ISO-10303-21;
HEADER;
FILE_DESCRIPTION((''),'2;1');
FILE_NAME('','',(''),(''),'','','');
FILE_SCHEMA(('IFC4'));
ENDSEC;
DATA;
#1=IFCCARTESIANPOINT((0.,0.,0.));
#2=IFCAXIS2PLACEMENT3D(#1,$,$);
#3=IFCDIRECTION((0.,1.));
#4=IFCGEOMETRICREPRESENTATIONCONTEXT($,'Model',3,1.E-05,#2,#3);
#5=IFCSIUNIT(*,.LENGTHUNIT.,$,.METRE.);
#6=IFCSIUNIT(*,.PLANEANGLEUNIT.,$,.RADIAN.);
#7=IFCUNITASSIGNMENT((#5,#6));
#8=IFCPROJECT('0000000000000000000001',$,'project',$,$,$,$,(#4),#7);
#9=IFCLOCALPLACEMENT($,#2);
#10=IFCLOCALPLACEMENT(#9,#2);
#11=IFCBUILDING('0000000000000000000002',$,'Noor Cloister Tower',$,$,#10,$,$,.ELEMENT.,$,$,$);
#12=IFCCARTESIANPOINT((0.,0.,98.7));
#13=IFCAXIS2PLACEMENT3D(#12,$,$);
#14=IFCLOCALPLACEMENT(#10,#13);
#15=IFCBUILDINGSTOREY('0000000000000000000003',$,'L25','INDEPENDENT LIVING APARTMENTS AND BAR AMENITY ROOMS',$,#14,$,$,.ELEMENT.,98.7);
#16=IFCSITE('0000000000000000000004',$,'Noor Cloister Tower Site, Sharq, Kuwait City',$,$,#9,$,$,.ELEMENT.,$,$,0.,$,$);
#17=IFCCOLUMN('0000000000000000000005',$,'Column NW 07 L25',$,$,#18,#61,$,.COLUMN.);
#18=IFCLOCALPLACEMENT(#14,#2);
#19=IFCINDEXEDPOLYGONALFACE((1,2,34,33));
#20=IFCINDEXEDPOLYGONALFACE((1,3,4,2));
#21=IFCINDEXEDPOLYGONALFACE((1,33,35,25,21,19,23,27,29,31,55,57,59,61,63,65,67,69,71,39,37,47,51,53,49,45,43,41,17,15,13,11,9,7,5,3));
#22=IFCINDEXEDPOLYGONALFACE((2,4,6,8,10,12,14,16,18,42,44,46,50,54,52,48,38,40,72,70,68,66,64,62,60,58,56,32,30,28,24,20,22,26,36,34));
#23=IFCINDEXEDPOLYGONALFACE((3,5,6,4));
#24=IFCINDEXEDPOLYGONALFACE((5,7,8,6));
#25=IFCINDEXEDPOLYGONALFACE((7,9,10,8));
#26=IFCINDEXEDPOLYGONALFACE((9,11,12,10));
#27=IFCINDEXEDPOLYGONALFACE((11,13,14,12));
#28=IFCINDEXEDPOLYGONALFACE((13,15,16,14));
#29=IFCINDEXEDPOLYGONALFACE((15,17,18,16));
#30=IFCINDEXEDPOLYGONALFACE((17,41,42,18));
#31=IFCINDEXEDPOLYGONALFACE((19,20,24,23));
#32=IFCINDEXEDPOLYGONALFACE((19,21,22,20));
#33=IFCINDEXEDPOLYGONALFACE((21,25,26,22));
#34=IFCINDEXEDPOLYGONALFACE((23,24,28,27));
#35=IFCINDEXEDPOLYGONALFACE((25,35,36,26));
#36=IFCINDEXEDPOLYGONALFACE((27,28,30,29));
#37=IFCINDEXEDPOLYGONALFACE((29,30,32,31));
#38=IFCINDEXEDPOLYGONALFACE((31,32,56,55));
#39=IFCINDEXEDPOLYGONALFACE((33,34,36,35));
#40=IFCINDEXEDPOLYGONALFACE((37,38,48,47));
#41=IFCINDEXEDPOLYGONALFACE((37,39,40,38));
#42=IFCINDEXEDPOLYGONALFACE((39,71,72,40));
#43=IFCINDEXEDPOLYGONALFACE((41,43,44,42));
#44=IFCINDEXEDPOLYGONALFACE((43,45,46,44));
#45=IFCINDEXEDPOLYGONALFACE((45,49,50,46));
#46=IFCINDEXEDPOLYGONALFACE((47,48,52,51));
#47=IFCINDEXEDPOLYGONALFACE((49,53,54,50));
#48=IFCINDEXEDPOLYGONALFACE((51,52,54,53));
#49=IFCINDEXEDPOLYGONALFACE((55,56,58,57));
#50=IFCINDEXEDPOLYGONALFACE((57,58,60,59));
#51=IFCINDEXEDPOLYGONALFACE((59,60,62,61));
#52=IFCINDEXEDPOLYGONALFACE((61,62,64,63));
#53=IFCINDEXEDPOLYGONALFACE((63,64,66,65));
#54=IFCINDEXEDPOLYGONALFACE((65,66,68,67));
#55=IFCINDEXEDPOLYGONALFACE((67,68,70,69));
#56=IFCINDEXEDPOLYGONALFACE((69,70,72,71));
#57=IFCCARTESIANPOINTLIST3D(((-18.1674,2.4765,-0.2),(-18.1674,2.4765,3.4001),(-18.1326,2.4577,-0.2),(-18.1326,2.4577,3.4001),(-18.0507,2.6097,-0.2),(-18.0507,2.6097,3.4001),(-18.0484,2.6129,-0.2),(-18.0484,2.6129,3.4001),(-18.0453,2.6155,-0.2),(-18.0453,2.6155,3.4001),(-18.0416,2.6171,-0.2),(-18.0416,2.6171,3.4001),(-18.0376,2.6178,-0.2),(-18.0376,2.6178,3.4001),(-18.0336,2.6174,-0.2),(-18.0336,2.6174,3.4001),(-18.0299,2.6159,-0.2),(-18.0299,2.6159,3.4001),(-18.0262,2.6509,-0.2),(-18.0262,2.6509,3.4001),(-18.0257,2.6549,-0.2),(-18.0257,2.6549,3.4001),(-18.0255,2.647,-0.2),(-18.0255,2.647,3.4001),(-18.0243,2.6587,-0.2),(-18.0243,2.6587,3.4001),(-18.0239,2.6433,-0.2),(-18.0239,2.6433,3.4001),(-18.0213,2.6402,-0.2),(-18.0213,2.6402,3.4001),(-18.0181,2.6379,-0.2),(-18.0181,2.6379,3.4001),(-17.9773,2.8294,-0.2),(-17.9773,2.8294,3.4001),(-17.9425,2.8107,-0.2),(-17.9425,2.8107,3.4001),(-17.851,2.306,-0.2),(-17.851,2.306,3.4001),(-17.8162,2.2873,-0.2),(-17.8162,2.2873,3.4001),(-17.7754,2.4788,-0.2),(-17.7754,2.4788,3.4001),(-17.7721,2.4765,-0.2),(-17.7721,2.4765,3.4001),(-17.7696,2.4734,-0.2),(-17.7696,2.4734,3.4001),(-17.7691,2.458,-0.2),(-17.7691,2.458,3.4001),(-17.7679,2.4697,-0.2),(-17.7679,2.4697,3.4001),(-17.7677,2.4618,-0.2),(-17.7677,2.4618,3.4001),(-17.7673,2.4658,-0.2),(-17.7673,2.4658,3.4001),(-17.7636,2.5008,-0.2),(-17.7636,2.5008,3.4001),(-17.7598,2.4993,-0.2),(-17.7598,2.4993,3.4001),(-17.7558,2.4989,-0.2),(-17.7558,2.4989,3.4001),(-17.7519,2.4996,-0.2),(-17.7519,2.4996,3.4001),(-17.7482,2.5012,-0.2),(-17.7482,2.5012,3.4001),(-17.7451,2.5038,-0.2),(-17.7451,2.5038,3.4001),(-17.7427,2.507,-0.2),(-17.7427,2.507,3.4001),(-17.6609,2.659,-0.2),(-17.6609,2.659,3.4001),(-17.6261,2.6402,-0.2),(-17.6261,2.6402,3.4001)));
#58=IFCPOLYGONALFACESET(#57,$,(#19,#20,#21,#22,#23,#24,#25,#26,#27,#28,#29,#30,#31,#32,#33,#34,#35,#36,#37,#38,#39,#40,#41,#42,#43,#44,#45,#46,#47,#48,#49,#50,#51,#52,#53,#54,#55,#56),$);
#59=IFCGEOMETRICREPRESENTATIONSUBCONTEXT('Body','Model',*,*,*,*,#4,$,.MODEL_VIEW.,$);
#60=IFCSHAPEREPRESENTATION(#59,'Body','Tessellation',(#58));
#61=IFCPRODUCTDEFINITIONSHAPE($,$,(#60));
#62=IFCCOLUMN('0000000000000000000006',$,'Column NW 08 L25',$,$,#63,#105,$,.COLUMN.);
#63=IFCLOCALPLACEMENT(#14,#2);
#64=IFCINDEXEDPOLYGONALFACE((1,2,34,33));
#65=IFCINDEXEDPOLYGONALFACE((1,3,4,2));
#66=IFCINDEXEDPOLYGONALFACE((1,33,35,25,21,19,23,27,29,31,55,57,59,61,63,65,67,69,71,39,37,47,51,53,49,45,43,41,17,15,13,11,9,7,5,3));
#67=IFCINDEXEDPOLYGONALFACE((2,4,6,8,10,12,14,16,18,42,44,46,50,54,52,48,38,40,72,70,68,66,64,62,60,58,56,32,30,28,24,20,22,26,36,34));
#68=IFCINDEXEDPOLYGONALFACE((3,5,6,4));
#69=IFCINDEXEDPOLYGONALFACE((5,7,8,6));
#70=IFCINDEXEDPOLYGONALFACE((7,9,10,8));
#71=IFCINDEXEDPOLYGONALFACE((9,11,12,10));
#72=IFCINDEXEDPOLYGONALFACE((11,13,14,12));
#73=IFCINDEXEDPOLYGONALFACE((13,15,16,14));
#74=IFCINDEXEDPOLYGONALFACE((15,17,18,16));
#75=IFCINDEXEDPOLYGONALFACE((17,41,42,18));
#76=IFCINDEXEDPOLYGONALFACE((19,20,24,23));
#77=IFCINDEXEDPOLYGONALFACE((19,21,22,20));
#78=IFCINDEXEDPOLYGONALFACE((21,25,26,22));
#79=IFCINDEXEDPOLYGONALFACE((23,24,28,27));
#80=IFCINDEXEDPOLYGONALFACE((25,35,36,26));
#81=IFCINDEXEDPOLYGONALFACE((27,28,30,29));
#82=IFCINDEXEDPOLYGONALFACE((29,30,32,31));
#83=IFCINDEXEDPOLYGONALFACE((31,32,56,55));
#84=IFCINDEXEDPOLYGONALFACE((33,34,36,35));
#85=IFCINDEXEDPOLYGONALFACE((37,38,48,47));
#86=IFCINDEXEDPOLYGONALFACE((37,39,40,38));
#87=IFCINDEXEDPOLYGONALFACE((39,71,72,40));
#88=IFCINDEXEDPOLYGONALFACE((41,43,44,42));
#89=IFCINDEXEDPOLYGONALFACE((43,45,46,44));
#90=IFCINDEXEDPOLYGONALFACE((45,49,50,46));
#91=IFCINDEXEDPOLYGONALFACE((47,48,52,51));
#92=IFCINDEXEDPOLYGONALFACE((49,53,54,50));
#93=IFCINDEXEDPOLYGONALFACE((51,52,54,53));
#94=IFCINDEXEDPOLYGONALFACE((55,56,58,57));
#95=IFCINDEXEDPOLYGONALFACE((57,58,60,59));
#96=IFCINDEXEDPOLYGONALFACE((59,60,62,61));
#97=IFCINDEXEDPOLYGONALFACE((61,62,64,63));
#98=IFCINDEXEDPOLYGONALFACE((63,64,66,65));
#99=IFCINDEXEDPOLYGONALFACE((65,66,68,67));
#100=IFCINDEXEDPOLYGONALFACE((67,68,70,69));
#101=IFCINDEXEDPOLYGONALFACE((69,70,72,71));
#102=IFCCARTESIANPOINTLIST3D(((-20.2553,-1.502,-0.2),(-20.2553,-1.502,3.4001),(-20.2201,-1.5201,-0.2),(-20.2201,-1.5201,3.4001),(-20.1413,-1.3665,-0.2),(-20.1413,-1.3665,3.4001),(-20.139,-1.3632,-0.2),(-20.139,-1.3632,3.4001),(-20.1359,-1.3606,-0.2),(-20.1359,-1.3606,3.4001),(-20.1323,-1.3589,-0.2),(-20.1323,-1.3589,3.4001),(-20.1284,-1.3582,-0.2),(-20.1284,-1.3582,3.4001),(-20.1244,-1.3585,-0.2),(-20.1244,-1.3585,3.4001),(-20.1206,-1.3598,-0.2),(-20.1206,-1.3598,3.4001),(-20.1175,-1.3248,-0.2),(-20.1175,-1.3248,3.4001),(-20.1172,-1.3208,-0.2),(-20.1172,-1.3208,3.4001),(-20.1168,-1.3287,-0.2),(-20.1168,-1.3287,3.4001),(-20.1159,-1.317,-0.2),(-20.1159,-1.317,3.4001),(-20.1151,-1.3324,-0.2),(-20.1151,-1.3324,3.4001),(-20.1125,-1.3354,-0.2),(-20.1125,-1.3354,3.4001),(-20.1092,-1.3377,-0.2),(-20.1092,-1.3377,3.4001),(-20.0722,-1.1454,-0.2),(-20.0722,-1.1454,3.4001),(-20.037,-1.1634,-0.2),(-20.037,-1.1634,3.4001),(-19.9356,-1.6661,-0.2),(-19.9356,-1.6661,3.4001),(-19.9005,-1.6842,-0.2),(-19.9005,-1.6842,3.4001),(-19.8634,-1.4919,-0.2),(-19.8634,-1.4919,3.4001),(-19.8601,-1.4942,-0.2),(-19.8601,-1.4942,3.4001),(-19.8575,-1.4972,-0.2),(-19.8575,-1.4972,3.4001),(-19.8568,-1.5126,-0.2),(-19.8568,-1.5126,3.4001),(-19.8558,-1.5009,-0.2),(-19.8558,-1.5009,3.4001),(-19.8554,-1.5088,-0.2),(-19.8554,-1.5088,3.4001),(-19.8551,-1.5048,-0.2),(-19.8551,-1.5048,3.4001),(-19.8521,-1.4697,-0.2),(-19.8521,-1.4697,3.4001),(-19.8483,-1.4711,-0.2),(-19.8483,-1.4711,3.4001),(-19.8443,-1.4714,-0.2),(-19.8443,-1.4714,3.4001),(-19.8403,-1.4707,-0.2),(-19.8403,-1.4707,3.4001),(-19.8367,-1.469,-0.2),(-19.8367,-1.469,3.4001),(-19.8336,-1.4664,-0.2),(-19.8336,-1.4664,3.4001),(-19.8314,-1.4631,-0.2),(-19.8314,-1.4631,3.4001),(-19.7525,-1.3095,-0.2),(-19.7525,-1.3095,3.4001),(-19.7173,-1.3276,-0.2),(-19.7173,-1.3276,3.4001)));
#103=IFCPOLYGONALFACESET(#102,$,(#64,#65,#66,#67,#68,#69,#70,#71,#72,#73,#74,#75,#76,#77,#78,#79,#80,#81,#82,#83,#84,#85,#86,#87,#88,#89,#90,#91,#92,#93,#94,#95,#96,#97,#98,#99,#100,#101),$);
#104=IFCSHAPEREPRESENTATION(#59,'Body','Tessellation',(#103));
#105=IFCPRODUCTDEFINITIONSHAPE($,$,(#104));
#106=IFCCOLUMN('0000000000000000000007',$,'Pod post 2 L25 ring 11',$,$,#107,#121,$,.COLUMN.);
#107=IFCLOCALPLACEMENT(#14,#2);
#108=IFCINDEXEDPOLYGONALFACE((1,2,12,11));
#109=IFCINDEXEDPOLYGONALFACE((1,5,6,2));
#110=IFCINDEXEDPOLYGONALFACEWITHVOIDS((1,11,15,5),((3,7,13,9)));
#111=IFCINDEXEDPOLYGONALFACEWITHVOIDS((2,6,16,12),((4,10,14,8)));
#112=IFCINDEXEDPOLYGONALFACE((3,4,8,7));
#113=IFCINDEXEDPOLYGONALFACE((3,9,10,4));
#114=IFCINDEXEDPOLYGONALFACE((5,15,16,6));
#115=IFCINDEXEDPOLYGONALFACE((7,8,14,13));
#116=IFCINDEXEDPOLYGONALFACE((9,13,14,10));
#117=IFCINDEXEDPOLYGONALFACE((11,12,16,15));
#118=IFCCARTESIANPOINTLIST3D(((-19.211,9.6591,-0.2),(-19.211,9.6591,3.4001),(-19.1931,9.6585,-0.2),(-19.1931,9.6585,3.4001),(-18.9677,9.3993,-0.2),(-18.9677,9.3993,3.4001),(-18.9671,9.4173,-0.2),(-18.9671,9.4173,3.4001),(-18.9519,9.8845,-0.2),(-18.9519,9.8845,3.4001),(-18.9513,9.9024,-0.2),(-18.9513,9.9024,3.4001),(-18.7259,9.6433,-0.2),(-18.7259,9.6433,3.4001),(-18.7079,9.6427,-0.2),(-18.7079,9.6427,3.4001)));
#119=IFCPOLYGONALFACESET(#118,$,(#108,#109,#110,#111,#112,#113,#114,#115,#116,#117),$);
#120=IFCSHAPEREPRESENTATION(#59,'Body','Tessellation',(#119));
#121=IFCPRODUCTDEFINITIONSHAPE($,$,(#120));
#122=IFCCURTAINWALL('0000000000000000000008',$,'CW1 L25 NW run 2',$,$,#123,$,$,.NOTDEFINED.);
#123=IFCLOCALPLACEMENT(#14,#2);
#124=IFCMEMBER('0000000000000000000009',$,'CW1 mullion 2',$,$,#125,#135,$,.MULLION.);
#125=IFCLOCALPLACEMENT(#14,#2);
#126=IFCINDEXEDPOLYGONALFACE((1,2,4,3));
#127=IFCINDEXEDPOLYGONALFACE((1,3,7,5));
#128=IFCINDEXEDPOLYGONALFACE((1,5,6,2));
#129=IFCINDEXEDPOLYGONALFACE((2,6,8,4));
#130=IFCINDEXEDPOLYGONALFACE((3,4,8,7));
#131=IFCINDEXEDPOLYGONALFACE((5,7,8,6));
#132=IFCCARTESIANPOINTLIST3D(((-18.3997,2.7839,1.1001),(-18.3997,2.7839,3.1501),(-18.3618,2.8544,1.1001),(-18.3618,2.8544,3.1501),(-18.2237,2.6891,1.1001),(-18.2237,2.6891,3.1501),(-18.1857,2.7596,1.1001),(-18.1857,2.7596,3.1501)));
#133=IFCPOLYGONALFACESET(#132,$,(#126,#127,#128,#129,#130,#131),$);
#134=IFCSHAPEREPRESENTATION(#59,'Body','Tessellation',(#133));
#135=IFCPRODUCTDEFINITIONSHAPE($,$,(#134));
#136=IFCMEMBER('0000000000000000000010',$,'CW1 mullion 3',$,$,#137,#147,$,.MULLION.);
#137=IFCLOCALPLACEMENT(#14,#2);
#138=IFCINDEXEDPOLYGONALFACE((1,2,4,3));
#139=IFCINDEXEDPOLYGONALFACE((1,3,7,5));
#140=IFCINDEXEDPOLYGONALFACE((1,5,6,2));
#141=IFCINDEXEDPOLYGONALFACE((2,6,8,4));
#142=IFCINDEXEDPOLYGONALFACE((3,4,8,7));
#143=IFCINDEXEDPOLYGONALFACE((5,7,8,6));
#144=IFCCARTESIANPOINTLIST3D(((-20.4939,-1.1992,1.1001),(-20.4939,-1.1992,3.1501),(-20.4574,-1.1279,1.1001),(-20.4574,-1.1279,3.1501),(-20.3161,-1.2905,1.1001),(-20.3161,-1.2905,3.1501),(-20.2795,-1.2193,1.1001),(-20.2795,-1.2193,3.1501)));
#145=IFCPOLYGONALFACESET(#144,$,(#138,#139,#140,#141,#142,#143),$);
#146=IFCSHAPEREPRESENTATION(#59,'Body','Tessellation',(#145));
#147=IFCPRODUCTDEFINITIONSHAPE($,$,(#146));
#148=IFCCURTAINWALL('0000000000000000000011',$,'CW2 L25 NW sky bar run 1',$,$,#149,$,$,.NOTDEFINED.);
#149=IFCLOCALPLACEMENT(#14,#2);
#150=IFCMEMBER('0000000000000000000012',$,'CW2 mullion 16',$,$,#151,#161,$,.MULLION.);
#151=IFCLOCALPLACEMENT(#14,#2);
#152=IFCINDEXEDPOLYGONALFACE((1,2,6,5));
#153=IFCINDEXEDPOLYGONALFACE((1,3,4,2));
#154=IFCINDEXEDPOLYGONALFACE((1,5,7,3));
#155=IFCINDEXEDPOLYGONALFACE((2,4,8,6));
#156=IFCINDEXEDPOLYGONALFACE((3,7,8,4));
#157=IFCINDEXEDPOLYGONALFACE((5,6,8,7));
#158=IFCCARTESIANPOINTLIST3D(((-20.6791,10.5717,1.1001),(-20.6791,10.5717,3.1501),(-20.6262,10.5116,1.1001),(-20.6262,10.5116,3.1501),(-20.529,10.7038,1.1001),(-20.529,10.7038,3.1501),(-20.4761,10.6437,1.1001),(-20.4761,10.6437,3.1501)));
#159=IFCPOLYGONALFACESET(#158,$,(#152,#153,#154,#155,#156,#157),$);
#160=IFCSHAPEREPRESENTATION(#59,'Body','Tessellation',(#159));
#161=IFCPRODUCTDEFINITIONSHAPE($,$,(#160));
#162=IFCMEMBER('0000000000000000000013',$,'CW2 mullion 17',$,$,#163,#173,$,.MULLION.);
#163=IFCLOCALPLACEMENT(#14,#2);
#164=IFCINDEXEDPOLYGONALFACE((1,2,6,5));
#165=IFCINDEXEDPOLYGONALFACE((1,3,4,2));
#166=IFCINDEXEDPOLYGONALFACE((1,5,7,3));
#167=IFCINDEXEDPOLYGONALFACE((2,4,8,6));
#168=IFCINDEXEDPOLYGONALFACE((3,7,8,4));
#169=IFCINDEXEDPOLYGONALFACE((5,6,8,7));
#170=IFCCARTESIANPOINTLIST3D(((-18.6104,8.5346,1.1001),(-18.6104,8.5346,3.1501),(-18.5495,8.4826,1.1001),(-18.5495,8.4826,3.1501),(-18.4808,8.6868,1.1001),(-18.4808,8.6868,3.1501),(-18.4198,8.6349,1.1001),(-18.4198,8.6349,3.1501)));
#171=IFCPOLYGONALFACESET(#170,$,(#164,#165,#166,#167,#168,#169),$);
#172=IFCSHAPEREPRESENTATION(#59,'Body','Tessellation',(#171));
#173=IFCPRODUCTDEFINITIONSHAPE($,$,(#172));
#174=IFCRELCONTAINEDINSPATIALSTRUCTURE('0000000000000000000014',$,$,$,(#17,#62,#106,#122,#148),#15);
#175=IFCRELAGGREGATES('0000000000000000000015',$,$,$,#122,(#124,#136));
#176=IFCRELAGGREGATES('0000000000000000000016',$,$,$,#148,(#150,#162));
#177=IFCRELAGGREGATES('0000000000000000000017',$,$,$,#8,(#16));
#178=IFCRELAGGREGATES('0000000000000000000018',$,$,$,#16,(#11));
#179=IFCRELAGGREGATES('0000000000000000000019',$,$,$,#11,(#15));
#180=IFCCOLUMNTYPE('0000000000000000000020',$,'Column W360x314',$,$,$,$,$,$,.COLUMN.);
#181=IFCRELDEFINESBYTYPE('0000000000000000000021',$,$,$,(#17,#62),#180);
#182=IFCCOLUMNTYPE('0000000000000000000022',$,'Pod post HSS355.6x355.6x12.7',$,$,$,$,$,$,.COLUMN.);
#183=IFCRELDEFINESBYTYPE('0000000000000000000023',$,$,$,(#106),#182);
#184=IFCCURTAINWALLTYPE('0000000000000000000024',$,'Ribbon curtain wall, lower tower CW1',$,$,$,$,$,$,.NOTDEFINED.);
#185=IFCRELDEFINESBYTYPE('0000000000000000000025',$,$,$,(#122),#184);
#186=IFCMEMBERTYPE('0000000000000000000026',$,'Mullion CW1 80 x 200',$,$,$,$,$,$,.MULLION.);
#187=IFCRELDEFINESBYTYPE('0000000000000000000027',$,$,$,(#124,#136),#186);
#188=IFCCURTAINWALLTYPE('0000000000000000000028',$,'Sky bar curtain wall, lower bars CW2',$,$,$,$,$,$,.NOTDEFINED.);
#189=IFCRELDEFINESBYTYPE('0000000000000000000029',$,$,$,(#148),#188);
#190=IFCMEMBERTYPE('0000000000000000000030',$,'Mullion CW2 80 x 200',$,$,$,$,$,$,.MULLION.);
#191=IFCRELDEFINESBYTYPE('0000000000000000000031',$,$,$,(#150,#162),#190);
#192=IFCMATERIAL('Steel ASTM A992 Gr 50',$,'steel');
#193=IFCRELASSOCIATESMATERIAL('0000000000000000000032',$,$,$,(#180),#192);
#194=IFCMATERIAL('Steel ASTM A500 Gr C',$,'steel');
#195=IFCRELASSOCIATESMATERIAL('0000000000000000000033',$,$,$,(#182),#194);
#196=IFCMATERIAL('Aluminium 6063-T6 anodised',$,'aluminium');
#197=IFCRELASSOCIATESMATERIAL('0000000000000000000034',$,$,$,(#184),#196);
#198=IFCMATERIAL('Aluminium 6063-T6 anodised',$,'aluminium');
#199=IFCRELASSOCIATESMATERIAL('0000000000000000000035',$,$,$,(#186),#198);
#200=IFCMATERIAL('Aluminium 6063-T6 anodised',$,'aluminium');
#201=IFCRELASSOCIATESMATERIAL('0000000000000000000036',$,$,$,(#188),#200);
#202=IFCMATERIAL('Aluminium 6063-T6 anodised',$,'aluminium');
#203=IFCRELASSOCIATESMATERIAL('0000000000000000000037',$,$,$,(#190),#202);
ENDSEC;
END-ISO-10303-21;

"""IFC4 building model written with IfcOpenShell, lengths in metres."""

from ifc_helpers import new_model, si_unit, direction, frame, origin, origin_2d, place, context, subcontext, project, spatial, rectangle, hollow_rectangle, i_section, extrude, material, material_profile, profile_set, type_object, element, aggregate, save


model = new_model("IFC4")

# Units and contexts
model_context = context("Model", 3, precision=1e-05, world=origin(), true_north=direction((0.0, 1.0)))
body_context = subcontext(model_context, "Body", "Model", "MODEL_VIEW")
ifc_project = project(units=[si_unit("LENGTHUNIT", "METRE"), si_unit("PLANEANGLEUNIT", "RADIAN")], contexts=[model_context])

# Site, building, storey
site_placement = place(None, origin())
site = spatial("IfcSite", under=ifc_project, at=site_placement, Name="Noor Cloister Tower Site, Sharq, Kuwait City", CompositionType="ELEMENT", RefElevation=0.0)
building_placement = place(site_placement, origin())
building = spatial("IfcBuilding", under=site, at=building_placement, Name="Noor Cloister Tower", CompositionType="ELEMENT")
storey_placement = place(building_placement, frame((0.0, 0.0, 98.7)))
storey = spatial("IfcBuildingStorey", under=building, at=storey_placement, Name="L25", Description="INDEPENDENT LIVING APARTMENTS AND BAR AMENITY ROOMS", CompositionType="ELEMENT", Elevation=98.7)

# Columns
ifc_material_1 = material(Name="Steel ASTM A992 Gr 50", Category="steel")
ifc_material_profile_1 = material_profile(ifc_material_1, i_section(OverallWidth=0.4009, OverallDepth=0.3989, WebThickness=0.0249, FlangeThickness=0.0396, FilletRadius=0.0154, at=origin_2d()), Name="W360x314")
ifc_profile_set_1 = profile_set([ifc_material_profile_1], Name="Steel ASTM A992 Gr 50")
column_type_1 = type_object("IfcColumnType", Name="Column W360x314", PredefinedType="COLUMN", material=ifc_profile_set_1)
for number, where, z_axis, x_axis, name in (
    (1, (-17.8967, 2.5583, -0.2), (0.0, 0.0, 1.0), (-0.474216, -0.880408, 0.0), "Column NW 07 L25"),
    (2, (-19.9863, -1.4148, -0.2), (0.0, 0.0, 1.0), (-0.456796, -0.889571, 0.0), "Column NW 08 L25"),
):
    element("IfcColumn", number, at=place(storey_placement, frame(where, z_axis=z_axis, x_axis=x_axis)), inside=storey, type_object=column_type_1, Name=name, PredefinedType="COLUMN", context=body_context, shape_type="SweptSolid", body=[
        extrude(i_section(OverallWidth=0.4009, OverallDepth=0.3989, WebThickness=0.0249, FlangeThickness=0.0396, FilletRadius=0.0154, at=origin_2d()), origin(), (0.0, 0.0, 1.0), 3.6001),
    ])
ifc_material_2 = material(Name="Steel ASTM A500 Gr C", Category="steel")
ifc_material_profile_2 = material_profile(ifc_material_2, hollow_rectangle(XDim=0.356, YDim=0.356, WallThickness=0.0127, at=origin_2d()), Name="HSS355.6x355.6x12.7")
ifc_profile_set_2 = profile_set([ifc_material_profile_2], Name="Steel ASTM A500 Gr C")
column_type_2 = type_object("IfcColumnType", Name="Pod post HSS355.6x355.6x12.7", PredefinedType="COLUMN", material=ifc_profile_set_2)
column_placement = place(storey_placement, frame((-18.9595, 9.6509, -0.2), z_axis=(0.0, 0.0, 1.0), x_axis=(0.683681, -0.729781, 0.0)))
element("IfcColumn", 3, at=column_placement, inside=storey, type_object=column_type_2, Name="Pod post 2 L25 ring 11", PredefinedType="COLUMN", context=body_context, shape_type="SweptSolid", body=[
    extrude(hollow_rectangle(XDim=0.356, YDim=0.356, WallThickness=0.0127, at=origin_2d()), origin(), (0.0, 0.0, 1.0), 3.6001),
])

# Curtain walls, members
ifc_material_3 = material(Name="Aluminium 6063-T6 anodised", Category="aluminium")
curtain_wall_type_1 = type_object("IfcCurtainWallType", Name="Ribbon curtain wall, lower tower CW1", PredefinedType="NOTDEFINED", material=ifc_material_3)
curtain_wall_1_placement = place(storey_placement, origin())
curtain_wall_1 = element("IfcCurtainWall", 4, at=curtain_wall_1_placement, inside=storey, type_object=curtain_wall_type_1, Name="CW1 L25 NW run 2", PredefinedType="NOTDEFINED")
ifc_material_4 = material(Name="Aluminium 6063-T6 anodised", Category="aluminium")
ifc_material_profile_3 = material_profile(ifc_material_4, rectangle(XDim=0.2, YDim=0.0801, at=origin_2d()), Name="200 x 80 mullion")
ifc_profile_set_3 = profile_set([ifc_material_profile_3], Name="Aluminium 6063-T6 anodised")
member_type_1 = type_object("IfcMemberType", Name="Mullion CW1 80 x 200", PredefinedType="MULLION", material=ifc_profile_set_3)
member_1_placement = place(storey_placement, frame((-18.2927, 2.7717, 1.1001), z_axis=(0.0, 0.0, 1.0), x_axis=(0.880408, -0.474216, 0.0)))
member_1 = element("IfcMember", 5, at=member_1_placement, type_object=member_type_1, Name="CW1 mullion 2", PredefinedType="MULLION", context=body_context, shape_type="SweptSolid", body=[
    extrude(rectangle(XDim=0.2, YDim=0.0801, at=origin_2d()), origin(), (0.0, 0.0, 1.0), 2.05),
])
member_2_placement = place(storey_placement, frame((-20.3867, -1.2092, 1.1001), z_axis=(0.0, 0.0, 1.0), x_axis=(0.889571, -0.456796, 0.0)))
member_2 = element("IfcMember", 6, at=member_2_placement, type_object=member_type_1, Name="CW1 mullion 3", PredefinedType="MULLION", context=body_context, shape_type="SweptSolid", body=[
    extrude(rectangle(XDim=0.2, YDim=0.0801, at=origin_2d()), origin(), (0.0, 0.0, 1.0), 2.05),
])
ifc_material_5 = material(Name="Aluminium 6063-T6 anodised", Category="aluminium")
curtain_wall_type_2 = type_object("IfcCurtainWallType", Name="Sky bar curtain wall, lower bars CW2", PredefinedType="NOTDEFINED", material=ifc_material_5)
curtain_wall_2_placement = place(storey_placement, origin())
curtain_wall_2 = element("IfcCurtainWall", 7, at=curtain_wall_2_placement, inside=storey, type_object=curtain_wall_type_2, Name="CW2 L25 NW sky bar run 1", PredefinedType="NOTDEFINED")
ifc_material_6 = material(Name="Aluminium 6063-T6 anodised", Category="aluminium")
ifc_material_profile_4 = material_profile(ifc_material_6, rectangle(XDim=0.2, YDim=0.0801, at=origin_2d()), Name="200 x 80 mullion")
ifc_profile_set_4 = profile_set([ifc_material_profile_4], Name="Aluminium 6063-T6 anodised")
member_type_2 = type_object("IfcMemberType", Name="Mullion CW2 80 x 200", PredefinedType="MULLION", material=ifc_profile_set_4)
member_3_placement = place(storey_placement, frame((-20.5776, 10.6077, 1.1001), z_axis=(0.0, 0.0, 1.0), x_axis=(0.750692, 0.660652, 0.0)))
member_3 = element("IfcMember", 8, at=member_3_placement, type_object=member_type_2, Name="CW2 mullion 16", PredefinedType="MULLION", context=body_context, shape_type="SweptSolid", body=[
    extrude(rectangle(XDim=0.2, YDim=0.0801, at=origin_2d()), origin(), (0.0, 0.0, 1.0), 2.05),
])
member_4_placement = place(storey_placement, frame((-18.5151, 8.5847, 1.1001), z_axis=(0.0, 0.0, 1.0), x_axis=(0.648411, 0.76129, 0.0)))
member_4 = element("IfcMember", 9, at=member_4_placement, type_object=member_type_2, Name="CW2 mullion 17", PredefinedType="MULLION", context=body_context, shape_type="SweptSolid", body=[
    extrude(rectangle(XDim=0.2, YDim=0.0801, at=origin_2d()), origin(), (0.0, 0.0, 1.0), 2.05),
])

aggregate(curtain_wall_1, [member_1, member_2])
aggregate(curtain_wall_2, [member_3, member_4])

save(model, "model.ifc")
